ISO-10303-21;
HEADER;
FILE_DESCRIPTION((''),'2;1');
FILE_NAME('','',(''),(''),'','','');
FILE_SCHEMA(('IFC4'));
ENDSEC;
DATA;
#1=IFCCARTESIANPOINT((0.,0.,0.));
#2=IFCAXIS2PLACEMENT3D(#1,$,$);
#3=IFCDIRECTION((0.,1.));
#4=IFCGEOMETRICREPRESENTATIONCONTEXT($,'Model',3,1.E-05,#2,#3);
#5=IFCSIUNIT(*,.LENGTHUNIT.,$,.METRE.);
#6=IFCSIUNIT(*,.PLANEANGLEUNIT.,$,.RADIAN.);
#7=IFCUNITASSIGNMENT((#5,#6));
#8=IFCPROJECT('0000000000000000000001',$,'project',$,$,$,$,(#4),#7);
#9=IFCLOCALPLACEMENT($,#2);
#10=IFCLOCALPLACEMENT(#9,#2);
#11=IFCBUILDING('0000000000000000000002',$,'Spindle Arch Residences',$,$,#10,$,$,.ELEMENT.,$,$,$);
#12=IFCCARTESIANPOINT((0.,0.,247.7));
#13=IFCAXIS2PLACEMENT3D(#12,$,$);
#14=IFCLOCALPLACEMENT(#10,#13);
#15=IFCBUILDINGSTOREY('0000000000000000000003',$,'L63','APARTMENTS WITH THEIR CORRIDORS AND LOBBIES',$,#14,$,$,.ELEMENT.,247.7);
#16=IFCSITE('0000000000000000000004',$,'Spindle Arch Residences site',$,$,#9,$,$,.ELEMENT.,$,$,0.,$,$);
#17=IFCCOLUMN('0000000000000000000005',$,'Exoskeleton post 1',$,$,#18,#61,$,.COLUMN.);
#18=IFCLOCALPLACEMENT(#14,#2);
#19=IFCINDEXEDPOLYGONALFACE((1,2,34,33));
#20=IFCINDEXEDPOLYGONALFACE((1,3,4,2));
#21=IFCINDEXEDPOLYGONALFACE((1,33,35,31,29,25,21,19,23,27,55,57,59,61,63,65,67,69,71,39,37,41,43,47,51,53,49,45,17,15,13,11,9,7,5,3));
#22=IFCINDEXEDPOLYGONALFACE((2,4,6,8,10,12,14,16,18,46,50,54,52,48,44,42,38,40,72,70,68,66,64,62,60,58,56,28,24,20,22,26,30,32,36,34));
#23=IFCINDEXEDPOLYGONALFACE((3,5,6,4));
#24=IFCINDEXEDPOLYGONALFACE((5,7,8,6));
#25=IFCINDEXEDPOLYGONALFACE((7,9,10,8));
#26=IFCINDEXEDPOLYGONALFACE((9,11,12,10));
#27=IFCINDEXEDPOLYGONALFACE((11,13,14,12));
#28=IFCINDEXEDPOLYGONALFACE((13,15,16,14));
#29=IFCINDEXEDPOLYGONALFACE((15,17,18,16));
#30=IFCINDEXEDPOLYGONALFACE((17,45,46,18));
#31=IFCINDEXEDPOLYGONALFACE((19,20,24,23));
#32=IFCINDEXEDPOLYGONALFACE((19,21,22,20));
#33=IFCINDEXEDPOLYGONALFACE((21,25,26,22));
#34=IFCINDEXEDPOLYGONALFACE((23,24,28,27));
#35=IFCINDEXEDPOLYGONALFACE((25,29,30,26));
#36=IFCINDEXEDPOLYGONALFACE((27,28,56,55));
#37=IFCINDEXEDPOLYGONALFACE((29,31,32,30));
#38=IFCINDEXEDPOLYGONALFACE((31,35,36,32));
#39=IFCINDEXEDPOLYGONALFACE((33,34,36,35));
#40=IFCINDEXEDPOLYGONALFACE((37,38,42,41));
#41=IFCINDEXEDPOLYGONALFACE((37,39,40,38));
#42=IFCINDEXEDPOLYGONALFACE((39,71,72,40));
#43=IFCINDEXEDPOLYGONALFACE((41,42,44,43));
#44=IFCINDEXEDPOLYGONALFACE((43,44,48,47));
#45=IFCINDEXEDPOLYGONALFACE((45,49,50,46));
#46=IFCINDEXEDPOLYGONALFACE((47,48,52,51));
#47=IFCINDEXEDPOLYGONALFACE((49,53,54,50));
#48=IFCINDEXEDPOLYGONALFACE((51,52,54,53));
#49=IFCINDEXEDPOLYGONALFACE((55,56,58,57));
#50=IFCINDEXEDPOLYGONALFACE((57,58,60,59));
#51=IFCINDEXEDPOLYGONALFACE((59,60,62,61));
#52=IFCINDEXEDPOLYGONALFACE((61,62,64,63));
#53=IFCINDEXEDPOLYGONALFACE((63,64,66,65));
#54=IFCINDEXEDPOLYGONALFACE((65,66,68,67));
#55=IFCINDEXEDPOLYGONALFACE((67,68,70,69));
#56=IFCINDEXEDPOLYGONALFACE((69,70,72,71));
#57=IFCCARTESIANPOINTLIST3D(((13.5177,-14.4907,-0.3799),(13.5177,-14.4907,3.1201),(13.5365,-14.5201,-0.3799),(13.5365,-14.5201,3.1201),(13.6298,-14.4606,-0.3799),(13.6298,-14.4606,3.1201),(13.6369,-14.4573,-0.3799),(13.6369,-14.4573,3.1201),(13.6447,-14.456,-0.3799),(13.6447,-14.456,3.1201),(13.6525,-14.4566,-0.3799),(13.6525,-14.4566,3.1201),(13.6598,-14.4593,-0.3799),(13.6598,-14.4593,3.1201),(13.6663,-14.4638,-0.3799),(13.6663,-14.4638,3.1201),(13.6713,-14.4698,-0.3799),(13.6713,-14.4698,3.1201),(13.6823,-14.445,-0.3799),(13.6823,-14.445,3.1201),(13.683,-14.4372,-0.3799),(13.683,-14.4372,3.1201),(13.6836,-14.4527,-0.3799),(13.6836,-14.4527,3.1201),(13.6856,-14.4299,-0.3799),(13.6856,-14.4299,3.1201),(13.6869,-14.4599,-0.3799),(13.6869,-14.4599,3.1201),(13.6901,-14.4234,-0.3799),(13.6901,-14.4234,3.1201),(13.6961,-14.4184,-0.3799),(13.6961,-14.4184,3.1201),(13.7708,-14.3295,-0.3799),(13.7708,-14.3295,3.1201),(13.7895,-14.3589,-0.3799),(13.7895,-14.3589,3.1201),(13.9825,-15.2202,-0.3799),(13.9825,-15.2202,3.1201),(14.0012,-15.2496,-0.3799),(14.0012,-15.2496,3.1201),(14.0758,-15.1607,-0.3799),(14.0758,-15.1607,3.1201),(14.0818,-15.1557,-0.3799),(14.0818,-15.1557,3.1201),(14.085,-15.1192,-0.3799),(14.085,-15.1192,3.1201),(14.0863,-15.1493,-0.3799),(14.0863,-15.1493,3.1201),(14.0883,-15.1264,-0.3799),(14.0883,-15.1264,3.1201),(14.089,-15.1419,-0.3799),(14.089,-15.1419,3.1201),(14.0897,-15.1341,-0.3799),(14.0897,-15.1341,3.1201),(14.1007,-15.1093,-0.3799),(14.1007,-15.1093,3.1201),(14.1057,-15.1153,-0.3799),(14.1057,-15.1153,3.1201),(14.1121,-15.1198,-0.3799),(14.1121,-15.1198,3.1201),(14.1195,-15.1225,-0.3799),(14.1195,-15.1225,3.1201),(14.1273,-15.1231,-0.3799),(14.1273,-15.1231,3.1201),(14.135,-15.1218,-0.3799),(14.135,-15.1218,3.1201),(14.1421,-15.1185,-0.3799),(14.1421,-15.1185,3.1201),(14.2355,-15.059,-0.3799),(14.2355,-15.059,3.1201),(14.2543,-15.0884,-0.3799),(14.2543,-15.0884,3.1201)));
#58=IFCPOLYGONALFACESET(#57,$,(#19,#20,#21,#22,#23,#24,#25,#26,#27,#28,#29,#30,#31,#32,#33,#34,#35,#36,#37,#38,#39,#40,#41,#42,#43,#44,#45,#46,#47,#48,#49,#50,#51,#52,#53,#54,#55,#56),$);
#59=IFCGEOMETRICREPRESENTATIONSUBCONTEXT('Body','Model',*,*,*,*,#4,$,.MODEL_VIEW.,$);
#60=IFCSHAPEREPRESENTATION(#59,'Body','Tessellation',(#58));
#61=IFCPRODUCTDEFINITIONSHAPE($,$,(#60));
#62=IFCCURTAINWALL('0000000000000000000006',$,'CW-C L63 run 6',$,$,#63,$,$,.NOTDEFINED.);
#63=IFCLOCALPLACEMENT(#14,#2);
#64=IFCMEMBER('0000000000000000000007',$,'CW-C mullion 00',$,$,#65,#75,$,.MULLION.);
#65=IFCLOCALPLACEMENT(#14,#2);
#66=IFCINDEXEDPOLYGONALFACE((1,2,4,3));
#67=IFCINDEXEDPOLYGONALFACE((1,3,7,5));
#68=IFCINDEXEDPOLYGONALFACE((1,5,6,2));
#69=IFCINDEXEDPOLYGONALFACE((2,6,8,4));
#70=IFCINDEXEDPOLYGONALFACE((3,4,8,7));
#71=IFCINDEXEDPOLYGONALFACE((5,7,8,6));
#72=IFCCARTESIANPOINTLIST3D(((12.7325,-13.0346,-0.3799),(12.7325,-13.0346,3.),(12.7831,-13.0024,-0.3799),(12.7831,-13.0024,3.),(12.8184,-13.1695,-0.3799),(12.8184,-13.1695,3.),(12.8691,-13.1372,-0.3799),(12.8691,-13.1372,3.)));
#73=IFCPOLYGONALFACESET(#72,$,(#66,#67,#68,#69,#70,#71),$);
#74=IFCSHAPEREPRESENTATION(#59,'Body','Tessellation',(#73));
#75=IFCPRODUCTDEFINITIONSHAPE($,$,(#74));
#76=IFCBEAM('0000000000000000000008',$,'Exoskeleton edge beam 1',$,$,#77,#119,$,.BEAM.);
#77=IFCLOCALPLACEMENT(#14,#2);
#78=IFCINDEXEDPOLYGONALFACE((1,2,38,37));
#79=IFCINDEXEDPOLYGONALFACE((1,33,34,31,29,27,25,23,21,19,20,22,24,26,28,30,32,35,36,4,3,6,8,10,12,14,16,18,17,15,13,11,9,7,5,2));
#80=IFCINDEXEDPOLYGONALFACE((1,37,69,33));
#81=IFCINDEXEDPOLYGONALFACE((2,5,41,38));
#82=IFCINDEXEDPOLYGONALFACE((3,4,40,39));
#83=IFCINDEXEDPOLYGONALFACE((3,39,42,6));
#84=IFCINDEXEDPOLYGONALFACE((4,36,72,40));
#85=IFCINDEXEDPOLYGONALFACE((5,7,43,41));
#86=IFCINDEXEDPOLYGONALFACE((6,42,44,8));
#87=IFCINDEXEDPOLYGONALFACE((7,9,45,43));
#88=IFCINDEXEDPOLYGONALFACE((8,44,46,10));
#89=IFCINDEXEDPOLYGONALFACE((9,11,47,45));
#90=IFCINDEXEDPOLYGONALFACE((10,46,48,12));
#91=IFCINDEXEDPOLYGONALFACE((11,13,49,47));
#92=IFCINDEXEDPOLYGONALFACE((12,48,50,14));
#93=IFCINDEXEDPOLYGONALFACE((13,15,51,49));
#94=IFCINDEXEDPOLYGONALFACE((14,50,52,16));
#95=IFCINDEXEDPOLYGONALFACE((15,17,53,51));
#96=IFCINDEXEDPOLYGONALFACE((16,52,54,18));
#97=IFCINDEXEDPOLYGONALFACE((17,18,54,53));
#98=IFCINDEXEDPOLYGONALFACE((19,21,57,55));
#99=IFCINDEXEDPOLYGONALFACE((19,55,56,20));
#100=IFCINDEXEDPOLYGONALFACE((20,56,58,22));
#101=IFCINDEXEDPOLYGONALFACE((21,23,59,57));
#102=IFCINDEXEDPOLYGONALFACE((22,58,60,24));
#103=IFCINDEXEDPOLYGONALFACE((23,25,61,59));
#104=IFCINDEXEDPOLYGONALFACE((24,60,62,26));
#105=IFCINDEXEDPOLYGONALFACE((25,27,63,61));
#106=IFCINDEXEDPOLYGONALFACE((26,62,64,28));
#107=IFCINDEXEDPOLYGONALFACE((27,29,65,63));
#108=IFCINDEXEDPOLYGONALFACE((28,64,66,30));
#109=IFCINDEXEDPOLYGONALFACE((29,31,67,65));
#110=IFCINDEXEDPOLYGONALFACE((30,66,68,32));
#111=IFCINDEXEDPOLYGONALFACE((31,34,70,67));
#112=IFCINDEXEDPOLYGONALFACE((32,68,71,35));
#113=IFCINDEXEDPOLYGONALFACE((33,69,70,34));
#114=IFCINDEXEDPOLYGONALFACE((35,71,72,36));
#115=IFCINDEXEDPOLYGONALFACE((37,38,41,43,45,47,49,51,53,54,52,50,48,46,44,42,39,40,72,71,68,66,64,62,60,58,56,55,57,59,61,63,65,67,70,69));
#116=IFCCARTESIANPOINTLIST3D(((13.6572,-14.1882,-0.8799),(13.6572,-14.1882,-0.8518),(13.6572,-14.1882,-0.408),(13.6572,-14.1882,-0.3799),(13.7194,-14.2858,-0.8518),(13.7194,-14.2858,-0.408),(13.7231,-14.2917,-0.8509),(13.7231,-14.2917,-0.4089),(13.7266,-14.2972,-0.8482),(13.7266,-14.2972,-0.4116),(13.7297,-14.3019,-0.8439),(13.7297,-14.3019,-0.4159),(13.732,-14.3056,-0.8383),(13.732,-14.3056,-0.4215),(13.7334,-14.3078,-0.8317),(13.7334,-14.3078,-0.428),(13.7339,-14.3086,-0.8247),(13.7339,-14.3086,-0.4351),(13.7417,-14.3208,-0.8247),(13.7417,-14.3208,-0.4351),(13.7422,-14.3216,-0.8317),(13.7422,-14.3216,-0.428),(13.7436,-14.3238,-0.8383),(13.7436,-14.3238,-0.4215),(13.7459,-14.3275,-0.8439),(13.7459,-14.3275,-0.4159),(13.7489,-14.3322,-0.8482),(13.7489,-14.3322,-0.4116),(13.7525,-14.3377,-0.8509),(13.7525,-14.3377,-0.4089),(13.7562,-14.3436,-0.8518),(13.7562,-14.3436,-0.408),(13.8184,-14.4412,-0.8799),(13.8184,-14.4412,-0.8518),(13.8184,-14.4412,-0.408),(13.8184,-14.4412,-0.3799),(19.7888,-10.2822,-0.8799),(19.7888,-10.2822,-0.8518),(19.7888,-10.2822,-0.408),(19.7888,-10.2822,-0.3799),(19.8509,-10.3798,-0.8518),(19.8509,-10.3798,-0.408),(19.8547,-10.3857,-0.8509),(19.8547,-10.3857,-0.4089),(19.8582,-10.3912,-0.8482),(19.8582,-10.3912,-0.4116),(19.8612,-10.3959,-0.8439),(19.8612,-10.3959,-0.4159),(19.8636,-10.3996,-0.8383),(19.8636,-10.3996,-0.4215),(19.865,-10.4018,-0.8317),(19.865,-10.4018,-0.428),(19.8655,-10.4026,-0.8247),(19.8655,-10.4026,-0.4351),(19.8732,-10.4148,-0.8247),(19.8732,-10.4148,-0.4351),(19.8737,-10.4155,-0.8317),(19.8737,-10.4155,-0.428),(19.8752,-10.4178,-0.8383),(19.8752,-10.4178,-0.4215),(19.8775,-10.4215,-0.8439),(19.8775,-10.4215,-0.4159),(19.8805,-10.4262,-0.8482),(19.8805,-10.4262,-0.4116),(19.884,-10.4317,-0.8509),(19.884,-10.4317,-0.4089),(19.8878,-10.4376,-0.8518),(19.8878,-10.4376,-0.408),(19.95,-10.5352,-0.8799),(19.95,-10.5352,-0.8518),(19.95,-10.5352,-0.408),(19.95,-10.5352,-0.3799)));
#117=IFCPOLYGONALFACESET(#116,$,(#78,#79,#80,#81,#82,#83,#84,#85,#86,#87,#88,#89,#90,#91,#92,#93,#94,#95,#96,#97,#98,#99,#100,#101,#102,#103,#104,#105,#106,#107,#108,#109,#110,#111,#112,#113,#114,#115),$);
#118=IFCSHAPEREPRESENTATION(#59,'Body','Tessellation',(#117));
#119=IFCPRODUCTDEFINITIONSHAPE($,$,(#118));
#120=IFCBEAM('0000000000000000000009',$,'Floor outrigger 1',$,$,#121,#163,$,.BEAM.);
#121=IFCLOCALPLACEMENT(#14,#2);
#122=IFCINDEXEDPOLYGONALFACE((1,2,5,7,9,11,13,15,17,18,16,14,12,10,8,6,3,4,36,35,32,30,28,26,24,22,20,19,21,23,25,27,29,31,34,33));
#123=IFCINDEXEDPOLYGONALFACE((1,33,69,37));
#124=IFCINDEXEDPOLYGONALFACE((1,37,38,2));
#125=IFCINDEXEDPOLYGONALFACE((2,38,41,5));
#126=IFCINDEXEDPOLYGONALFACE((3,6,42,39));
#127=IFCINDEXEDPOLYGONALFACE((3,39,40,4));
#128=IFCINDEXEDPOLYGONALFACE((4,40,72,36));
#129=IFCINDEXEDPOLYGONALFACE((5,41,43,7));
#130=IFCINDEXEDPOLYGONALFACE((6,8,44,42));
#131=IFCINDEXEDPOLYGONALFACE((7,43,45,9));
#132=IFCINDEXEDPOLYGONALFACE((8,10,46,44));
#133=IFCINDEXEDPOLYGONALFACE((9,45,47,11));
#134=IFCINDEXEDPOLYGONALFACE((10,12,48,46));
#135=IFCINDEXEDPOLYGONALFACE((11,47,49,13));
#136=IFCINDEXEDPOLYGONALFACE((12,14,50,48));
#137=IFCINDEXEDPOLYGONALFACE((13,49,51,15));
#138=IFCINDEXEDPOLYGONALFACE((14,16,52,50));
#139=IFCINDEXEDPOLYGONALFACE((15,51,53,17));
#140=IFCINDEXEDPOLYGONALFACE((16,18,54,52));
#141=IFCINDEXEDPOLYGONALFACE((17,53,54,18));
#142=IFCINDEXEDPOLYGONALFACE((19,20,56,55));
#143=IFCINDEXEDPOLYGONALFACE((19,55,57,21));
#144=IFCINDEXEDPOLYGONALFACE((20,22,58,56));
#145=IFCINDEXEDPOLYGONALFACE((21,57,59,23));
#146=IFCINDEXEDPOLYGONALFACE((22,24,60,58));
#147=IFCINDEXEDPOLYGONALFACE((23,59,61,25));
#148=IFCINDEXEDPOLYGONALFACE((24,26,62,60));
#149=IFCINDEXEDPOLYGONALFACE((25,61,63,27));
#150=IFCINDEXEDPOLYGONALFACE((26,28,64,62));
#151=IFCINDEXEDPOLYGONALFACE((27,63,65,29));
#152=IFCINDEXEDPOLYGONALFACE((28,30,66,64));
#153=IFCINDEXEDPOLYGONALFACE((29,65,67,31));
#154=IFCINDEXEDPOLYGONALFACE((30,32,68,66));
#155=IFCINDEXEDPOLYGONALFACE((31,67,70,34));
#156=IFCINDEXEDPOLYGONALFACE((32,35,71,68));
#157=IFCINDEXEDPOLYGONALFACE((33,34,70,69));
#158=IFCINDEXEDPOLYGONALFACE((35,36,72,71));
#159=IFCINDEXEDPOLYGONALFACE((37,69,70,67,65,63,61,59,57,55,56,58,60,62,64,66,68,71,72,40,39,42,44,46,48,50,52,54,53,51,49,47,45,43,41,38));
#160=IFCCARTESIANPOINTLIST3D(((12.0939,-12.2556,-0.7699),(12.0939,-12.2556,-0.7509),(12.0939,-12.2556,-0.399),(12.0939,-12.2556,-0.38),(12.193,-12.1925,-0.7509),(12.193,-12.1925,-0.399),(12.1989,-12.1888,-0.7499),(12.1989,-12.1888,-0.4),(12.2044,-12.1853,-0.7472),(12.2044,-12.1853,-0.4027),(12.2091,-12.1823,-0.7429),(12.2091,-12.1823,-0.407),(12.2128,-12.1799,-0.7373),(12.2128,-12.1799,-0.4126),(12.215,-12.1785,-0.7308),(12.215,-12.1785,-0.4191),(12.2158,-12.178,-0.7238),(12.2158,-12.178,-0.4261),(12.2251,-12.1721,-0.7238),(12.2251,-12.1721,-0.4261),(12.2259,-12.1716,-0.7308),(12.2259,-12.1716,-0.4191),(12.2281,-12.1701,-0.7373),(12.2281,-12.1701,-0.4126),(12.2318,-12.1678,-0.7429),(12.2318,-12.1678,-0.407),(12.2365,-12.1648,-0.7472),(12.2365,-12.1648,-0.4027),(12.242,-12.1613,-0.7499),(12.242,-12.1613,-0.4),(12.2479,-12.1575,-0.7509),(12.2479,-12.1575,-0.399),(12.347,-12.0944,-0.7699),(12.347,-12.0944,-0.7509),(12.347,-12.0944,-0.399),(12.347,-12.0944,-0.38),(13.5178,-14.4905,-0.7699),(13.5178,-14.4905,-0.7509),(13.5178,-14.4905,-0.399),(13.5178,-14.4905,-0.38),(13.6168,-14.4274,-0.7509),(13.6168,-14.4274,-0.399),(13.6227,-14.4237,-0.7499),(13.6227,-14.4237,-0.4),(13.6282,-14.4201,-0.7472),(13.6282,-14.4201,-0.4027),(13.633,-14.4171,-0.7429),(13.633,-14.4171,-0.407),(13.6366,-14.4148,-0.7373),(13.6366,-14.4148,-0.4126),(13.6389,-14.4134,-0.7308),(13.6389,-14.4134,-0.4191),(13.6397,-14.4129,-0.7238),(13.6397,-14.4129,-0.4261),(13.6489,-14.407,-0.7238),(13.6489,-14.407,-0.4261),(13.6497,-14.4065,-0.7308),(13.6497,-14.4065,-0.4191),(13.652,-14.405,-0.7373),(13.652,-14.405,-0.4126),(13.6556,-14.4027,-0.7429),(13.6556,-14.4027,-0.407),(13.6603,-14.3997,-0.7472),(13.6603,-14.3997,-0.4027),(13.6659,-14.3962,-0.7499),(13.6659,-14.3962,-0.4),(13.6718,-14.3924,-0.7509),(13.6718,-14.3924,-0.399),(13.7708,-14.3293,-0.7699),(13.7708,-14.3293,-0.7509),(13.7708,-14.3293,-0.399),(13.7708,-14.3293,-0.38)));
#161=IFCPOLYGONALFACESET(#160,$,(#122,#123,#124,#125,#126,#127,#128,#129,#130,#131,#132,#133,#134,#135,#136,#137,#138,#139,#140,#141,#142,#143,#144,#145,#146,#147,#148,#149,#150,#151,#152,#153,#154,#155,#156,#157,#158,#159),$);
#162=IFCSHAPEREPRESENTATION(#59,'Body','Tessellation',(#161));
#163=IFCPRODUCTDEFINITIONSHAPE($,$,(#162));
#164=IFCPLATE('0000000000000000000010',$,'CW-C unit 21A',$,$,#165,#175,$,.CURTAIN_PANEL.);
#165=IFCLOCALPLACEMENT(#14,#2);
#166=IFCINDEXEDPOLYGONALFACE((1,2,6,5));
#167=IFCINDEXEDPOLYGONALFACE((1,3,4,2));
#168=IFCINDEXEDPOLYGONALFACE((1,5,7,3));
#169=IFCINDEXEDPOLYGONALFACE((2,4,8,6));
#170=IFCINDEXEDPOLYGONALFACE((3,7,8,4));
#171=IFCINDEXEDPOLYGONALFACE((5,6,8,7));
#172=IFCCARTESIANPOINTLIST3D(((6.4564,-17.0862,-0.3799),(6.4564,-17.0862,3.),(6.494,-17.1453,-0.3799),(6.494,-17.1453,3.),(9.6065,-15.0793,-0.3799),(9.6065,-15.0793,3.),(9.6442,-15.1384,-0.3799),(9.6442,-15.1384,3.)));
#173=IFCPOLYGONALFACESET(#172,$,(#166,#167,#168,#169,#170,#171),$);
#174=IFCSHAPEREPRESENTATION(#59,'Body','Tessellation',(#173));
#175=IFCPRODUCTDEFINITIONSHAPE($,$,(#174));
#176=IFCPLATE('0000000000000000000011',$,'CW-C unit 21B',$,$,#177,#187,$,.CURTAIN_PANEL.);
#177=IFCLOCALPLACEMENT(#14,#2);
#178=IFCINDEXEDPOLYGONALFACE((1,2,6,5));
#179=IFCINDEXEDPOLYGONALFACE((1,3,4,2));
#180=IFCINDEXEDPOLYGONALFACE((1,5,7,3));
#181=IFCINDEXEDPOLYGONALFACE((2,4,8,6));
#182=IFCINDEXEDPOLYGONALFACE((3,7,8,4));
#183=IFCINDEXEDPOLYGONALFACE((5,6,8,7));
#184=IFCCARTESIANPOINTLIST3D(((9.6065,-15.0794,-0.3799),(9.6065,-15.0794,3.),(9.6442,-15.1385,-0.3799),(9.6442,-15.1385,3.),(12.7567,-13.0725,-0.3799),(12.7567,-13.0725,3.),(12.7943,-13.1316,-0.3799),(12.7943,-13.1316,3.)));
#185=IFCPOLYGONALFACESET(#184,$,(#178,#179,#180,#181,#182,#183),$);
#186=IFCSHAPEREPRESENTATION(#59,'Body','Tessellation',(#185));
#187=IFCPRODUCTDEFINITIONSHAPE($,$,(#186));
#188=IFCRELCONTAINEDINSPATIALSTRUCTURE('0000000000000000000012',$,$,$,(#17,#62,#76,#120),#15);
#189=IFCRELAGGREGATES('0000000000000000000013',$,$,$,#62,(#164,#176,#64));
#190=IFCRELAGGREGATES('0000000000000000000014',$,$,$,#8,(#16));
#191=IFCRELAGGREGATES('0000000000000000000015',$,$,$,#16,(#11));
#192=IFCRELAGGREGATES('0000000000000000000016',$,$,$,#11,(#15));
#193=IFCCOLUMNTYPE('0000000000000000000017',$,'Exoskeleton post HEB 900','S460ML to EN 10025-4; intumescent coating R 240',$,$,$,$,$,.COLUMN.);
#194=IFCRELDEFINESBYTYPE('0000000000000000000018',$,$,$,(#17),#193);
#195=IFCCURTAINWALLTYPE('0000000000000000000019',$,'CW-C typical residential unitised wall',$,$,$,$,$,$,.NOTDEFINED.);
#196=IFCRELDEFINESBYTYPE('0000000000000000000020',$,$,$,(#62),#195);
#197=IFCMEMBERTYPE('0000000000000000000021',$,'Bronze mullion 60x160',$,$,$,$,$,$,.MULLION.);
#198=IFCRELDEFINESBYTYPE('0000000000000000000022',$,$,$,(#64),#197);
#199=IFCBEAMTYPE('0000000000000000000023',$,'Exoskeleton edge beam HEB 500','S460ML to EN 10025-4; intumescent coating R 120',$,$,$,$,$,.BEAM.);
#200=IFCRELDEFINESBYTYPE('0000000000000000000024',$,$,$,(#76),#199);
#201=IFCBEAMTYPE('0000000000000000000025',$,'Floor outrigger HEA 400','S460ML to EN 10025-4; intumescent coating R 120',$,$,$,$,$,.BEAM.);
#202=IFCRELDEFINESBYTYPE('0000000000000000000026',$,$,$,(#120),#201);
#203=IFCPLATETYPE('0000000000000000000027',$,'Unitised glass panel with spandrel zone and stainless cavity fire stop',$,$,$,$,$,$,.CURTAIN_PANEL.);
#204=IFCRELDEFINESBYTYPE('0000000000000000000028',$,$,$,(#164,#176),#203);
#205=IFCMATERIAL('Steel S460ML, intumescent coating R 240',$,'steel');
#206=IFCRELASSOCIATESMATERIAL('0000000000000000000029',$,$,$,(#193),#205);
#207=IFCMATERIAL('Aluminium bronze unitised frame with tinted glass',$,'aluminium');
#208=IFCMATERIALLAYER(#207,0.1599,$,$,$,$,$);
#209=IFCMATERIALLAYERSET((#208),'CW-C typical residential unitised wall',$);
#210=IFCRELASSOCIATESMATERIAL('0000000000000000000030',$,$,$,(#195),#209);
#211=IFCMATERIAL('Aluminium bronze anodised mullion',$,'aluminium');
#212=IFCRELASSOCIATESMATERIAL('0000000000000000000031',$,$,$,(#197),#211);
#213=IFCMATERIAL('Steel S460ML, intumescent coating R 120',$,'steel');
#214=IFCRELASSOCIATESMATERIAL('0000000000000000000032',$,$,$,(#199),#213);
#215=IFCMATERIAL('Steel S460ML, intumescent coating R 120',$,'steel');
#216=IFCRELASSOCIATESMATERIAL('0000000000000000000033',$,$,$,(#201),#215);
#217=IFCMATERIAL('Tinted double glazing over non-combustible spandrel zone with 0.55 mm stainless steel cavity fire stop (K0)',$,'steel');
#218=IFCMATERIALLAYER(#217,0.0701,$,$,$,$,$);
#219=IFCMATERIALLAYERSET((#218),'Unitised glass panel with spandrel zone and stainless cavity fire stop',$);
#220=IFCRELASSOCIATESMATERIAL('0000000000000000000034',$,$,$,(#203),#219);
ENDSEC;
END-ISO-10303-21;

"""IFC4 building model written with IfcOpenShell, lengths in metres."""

from ifc_helpers import new_model, si_unit, direction, frame, origin, origin_2d, place, context, subcontext, project, spatial, rectangle, i_section, extrude, material, layer, layer_set, material_profile, profile_set, type_object, element, aggregate, save


model = new_model("IFC4")

# Units and contexts
model_context = context("Model", 3, precision=1e-05, world=origin(), true_north=direction((0.0, 1.0)))
body_context = subcontext(model_context, "Body", "Model", "MODEL_VIEW")
ifc_project = project(units=[si_unit("LENGTHUNIT", "METRE"), si_unit("PLANEANGLEUNIT", "RADIAN")], contexts=[model_context])

# Site, building, storey
site_placement = place(None, origin())
site = spatial("IfcSite", under=ifc_project, at=site_placement, Name="Spindle Arch Residences site", CompositionType="ELEMENT", RefElevation=0.0)
building_placement = place(site_placement, origin())
building = spatial("IfcBuilding", under=site, at=building_placement, Name="Spindle Arch Residences", CompositionType="ELEMENT")
storey_placement = place(building_placement, frame((0.0, 0.0, 247.7)))
storey = spatial("IfcBuildingStorey", under=building, at=storey_placement, Name="L63", Description="APARTMENTS WITH THEIR CORRIDORS AND LOBBIES", CompositionType="ELEMENT", Elevation=247.7)

# Column
ifc_material_1 = material(Name="Steel S460ML, intumescent coating R 240", Category="steel")
ifc_material_profile_1 = material_profile(ifc_material_1, i_section(OverallWidth=0.3, OverallDepth=0.8999, WebThickness=0.0186, FlangeThickness=0.0349, FilletRadius=0.03, at=origin_2d()), Name="HEB 900")
ifc_profile_set_1 = profile_set([ifc_material_profile_1], Name="Steel S460ML, intumescent coating R 240")
column_type = type_object("IfcColumnType", Name="Exoskeleton post HEB 900", Description="S460ML to EN 10025-4; intumescent coating R 240", PredefinedType="COLUMN", material=ifc_profile_set_1)
column_placement = place(storey_placement, frame((13.886, -14.7896, -0.3799), z_axis=(0.0, 0.0, 1.0), x_axis=(-0.843391, -0.5373, 0.0)))
element("IfcColumn", 1, at=column_placement, inside=storey, type_object=column_type, Name="Exoskeleton post 1", PredefinedType="COLUMN", context=body_context, shape_type="SweptSolid", body=[
    extrude(i_section(OverallWidth=0.3, OverallDepth=0.8999, WebThickness=0.0186, FlangeThickness=0.0349, FilletRadius=0.03, at=origin_2d()), origin(), (0.0, 0.0, 1.0), 3.5),
])

# Curtain wall, member
ifc_material_2 = material(Name="Aluminium bronze unitised frame with tinted glass", Category="aluminium")
ifc_layer_1 = layer(ifc_material_2, 0.1599)
ifc_layer_set_1 = layer_set([ifc_layer_1], Name="CW-C typical residential unitised wall")
curtain_wall_type = type_object("IfcCurtainWallType", Name="CW-C typical residential unitised wall", PredefinedType="NOTDEFINED", material=ifc_layer_set_1)
curtain_wall_placement = place(storey_placement, origin())
curtain_wall = element("IfcCurtainWall", 2, at=curtain_wall_placement, inside=storey, type_object=curtain_wall_type, Name="CW-C L63 run 6", PredefinedType="NOTDEFINED")
ifc_material_3 = material(Name="Aluminium bronze anodised mullion", Category="aluminium")
ifc_material_profile_2 = material_profile(ifc_material_3, rectangle(XDim=0.1599, YDim=0.0601, at=origin_2d()), Name="MU 60x160")
ifc_profile_set_2 = profile_set([ifc_material_profile_2], Name="Aluminium bronze anodised mullion")
member_type = type_object("IfcMemberType", Name="Bronze mullion 60x160", PredefinedType="MULLION", material=ifc_profile_set_2)
member_placement = place(storey_placement, frame((12.8008, -13.0859, -0.3799), z_axis=(0.0, 0.0, 1.0), x_axis=(-0.5373, 0.843391, 0.0)))
member = element("IfcMember", 3, at=member_placement, type_object=member_type, Name="CW-C mullion 00", PredefinedType="MULLION", context=body_context, shape_type="SweptSolid", body=[
    extrude(rectangle(XDim=0.1599, YDim=0.0601, at=origin_2d()), origin(), (0.0, 0.0, 1.0), 3.3799),
])

# Beams
ifc_material_4 = material(Name="Steel S460ML, intumescent coating R 120", Category="steel")
ifc_material_profile_3 = material_profile(ifc_material_4, i_section(OverallWidth=0.3, OverallDepth=0.5, WebThickness=0.0144, FlangeThickness=0.0281, FilletRadius=0.0271, at=origin_2d()), Name="HEB 500")
ifc_profile_set_3 = profile_set([ifc_material_profile_3], Name="Steel S460ML, intumescent coating R 120")
beam_type_1 = type_object("IfcBeamType", Name="Exoskeleton edge beam HEB 500", Description="S460ML to EN 10025-4; intumescent coating R 120", PredefinedType="BEAM", material=ifc_profile_set_3)
beam_1_placement = place(storey_placement, frame((13.7378, -14.3147, -0.6299), z_axis=(0.843407, 0.537275, 0.0), x_axis=(-0.537275, 0.843407, 0.0)))
element("IfcBeam", 4, at=beam_1_placement, inside=storey, type_object=beam_type_1, Name="Exoskeleton edge beam 1", PredefinedType="BEAM", context=body_context, shape_type="SweptSolid", body=[
    extrude(i_section(OverallWidth=0.3, OverallDepth=0.5, WebThickness=0.0144, FlangeThickness=0.0281, FilletRadius=0.0271, at=origin_2d()), origin(), (0.0, 0.0, 1.0), 7.27),
])
ifc_material_5 = material(Name="Steel S460ML, intumescent coating R 120", Category="steel")
ifc_material_profile_4 = material_profile(ifc_material_5, i_section(OverallWidth=0.3, OverallDepth=0.3899, WebThickness=0.011, FlangeThickness=0.019, FilletRadius=0.0271, at=origin_2d()), Name="HEA 400")
ifc_profile_set_4 = profile_set([ifc_material_profile_4], Name="Steel S460ML, intumescent coating R 120")
beam_type_2 = type_object("IfcBeamType", Name="Floor outrigger HEA 400", Description="S460ML to EN 10025-4; intumescent coating R 120", PredefinedType="BEAM", material=ifc_profile_set_4)
beam_2_placement = place(storey_placement, frame((13.6443, -14.4099, -0.575), z_axis=(-0.537317, 0.843381, 0.0), x_axis=(-0.843381, -0.537317, 0.0)))
element("IfcBeam", 5, at=beam_2_placement, inside=storey, type_object=beam_type_2, Name="Floor outrigger 1", PredefinedType="BEAM", context=body_context, shape_type="SweptSolid", body=[
    extrude(i_section(OverallWidth=0.3, OverallDepth=0.3899, WebThickness=0.011, FlangeThickness=0.019, FilletRadius=0.0271, at=origin_2d()), origin(), (0.0, 0.0, 1.0), 2.6499),
])

# Plates
ifc_material_6 = material(Name="Tinted double glazing over non-combustible spandrel zone with 0.55 mm stainless steel cavity fire stop (K0)", Category="steel")
ifc_layer_2 = layer(ifc_material_6, 0.0701)
ifc_layer_set_2 = layer_set([ifc_layer_2], Name="Unitised glass panel with spandrel zone and stainless cavity fire stop")
plate_type = type_object("IfcPlateType", Name="Unitised glass panel with spandrel zone and stainless cavity fire stop", PredefinedType="CURTAIN_PANEL", material=ifc_layer_set_2)
plate_1_placement = place(storey_placement, frame((8.0503, -16.1123, -0.3799), z_axis=(0.0, 0.0, 1.0), x_axis=(0.843391, 0.5373, 0.0)))
plate_1 = element("IfcPlate", 6, at=plate_1_placement, type_object=plate_type, Name="CW-C unit 21A", PredefinedType="CURTAIN_PANEL", context=body_context, shape_type="SweptSolid", body=[
    extrude(rectangle(XDim=3.7351, YDim=0.0701, at=origin_2d()), origin(), (0.0, 0.0, 1.0), 3.3799),
])
plate_2_placement = place(storey_placement, frame((11.2004, -14.1055, -0.3799), z_axis=(0.0, 0.0, 1.0), x_axis=(0.843391, 0.5373, 0.0)))
plate_2 = element("IfcPlate", 7, at=plate_2_placement, type_object=plate_type, Name="CW-C unit 21B", PredefinedType="CURTAIN_PANEL", context=body_context, shape_type="SweptSolid", body=[
    extrude(rectangle(XDim=3.7351, YDim=0.0701, at=origin_2d()), origin(), (0.0, 0.0, 1.0), 3.3799),
])
aggregate(curtain_wall, [plate_1, plate_2, member])

save(model, "model.ifc")
